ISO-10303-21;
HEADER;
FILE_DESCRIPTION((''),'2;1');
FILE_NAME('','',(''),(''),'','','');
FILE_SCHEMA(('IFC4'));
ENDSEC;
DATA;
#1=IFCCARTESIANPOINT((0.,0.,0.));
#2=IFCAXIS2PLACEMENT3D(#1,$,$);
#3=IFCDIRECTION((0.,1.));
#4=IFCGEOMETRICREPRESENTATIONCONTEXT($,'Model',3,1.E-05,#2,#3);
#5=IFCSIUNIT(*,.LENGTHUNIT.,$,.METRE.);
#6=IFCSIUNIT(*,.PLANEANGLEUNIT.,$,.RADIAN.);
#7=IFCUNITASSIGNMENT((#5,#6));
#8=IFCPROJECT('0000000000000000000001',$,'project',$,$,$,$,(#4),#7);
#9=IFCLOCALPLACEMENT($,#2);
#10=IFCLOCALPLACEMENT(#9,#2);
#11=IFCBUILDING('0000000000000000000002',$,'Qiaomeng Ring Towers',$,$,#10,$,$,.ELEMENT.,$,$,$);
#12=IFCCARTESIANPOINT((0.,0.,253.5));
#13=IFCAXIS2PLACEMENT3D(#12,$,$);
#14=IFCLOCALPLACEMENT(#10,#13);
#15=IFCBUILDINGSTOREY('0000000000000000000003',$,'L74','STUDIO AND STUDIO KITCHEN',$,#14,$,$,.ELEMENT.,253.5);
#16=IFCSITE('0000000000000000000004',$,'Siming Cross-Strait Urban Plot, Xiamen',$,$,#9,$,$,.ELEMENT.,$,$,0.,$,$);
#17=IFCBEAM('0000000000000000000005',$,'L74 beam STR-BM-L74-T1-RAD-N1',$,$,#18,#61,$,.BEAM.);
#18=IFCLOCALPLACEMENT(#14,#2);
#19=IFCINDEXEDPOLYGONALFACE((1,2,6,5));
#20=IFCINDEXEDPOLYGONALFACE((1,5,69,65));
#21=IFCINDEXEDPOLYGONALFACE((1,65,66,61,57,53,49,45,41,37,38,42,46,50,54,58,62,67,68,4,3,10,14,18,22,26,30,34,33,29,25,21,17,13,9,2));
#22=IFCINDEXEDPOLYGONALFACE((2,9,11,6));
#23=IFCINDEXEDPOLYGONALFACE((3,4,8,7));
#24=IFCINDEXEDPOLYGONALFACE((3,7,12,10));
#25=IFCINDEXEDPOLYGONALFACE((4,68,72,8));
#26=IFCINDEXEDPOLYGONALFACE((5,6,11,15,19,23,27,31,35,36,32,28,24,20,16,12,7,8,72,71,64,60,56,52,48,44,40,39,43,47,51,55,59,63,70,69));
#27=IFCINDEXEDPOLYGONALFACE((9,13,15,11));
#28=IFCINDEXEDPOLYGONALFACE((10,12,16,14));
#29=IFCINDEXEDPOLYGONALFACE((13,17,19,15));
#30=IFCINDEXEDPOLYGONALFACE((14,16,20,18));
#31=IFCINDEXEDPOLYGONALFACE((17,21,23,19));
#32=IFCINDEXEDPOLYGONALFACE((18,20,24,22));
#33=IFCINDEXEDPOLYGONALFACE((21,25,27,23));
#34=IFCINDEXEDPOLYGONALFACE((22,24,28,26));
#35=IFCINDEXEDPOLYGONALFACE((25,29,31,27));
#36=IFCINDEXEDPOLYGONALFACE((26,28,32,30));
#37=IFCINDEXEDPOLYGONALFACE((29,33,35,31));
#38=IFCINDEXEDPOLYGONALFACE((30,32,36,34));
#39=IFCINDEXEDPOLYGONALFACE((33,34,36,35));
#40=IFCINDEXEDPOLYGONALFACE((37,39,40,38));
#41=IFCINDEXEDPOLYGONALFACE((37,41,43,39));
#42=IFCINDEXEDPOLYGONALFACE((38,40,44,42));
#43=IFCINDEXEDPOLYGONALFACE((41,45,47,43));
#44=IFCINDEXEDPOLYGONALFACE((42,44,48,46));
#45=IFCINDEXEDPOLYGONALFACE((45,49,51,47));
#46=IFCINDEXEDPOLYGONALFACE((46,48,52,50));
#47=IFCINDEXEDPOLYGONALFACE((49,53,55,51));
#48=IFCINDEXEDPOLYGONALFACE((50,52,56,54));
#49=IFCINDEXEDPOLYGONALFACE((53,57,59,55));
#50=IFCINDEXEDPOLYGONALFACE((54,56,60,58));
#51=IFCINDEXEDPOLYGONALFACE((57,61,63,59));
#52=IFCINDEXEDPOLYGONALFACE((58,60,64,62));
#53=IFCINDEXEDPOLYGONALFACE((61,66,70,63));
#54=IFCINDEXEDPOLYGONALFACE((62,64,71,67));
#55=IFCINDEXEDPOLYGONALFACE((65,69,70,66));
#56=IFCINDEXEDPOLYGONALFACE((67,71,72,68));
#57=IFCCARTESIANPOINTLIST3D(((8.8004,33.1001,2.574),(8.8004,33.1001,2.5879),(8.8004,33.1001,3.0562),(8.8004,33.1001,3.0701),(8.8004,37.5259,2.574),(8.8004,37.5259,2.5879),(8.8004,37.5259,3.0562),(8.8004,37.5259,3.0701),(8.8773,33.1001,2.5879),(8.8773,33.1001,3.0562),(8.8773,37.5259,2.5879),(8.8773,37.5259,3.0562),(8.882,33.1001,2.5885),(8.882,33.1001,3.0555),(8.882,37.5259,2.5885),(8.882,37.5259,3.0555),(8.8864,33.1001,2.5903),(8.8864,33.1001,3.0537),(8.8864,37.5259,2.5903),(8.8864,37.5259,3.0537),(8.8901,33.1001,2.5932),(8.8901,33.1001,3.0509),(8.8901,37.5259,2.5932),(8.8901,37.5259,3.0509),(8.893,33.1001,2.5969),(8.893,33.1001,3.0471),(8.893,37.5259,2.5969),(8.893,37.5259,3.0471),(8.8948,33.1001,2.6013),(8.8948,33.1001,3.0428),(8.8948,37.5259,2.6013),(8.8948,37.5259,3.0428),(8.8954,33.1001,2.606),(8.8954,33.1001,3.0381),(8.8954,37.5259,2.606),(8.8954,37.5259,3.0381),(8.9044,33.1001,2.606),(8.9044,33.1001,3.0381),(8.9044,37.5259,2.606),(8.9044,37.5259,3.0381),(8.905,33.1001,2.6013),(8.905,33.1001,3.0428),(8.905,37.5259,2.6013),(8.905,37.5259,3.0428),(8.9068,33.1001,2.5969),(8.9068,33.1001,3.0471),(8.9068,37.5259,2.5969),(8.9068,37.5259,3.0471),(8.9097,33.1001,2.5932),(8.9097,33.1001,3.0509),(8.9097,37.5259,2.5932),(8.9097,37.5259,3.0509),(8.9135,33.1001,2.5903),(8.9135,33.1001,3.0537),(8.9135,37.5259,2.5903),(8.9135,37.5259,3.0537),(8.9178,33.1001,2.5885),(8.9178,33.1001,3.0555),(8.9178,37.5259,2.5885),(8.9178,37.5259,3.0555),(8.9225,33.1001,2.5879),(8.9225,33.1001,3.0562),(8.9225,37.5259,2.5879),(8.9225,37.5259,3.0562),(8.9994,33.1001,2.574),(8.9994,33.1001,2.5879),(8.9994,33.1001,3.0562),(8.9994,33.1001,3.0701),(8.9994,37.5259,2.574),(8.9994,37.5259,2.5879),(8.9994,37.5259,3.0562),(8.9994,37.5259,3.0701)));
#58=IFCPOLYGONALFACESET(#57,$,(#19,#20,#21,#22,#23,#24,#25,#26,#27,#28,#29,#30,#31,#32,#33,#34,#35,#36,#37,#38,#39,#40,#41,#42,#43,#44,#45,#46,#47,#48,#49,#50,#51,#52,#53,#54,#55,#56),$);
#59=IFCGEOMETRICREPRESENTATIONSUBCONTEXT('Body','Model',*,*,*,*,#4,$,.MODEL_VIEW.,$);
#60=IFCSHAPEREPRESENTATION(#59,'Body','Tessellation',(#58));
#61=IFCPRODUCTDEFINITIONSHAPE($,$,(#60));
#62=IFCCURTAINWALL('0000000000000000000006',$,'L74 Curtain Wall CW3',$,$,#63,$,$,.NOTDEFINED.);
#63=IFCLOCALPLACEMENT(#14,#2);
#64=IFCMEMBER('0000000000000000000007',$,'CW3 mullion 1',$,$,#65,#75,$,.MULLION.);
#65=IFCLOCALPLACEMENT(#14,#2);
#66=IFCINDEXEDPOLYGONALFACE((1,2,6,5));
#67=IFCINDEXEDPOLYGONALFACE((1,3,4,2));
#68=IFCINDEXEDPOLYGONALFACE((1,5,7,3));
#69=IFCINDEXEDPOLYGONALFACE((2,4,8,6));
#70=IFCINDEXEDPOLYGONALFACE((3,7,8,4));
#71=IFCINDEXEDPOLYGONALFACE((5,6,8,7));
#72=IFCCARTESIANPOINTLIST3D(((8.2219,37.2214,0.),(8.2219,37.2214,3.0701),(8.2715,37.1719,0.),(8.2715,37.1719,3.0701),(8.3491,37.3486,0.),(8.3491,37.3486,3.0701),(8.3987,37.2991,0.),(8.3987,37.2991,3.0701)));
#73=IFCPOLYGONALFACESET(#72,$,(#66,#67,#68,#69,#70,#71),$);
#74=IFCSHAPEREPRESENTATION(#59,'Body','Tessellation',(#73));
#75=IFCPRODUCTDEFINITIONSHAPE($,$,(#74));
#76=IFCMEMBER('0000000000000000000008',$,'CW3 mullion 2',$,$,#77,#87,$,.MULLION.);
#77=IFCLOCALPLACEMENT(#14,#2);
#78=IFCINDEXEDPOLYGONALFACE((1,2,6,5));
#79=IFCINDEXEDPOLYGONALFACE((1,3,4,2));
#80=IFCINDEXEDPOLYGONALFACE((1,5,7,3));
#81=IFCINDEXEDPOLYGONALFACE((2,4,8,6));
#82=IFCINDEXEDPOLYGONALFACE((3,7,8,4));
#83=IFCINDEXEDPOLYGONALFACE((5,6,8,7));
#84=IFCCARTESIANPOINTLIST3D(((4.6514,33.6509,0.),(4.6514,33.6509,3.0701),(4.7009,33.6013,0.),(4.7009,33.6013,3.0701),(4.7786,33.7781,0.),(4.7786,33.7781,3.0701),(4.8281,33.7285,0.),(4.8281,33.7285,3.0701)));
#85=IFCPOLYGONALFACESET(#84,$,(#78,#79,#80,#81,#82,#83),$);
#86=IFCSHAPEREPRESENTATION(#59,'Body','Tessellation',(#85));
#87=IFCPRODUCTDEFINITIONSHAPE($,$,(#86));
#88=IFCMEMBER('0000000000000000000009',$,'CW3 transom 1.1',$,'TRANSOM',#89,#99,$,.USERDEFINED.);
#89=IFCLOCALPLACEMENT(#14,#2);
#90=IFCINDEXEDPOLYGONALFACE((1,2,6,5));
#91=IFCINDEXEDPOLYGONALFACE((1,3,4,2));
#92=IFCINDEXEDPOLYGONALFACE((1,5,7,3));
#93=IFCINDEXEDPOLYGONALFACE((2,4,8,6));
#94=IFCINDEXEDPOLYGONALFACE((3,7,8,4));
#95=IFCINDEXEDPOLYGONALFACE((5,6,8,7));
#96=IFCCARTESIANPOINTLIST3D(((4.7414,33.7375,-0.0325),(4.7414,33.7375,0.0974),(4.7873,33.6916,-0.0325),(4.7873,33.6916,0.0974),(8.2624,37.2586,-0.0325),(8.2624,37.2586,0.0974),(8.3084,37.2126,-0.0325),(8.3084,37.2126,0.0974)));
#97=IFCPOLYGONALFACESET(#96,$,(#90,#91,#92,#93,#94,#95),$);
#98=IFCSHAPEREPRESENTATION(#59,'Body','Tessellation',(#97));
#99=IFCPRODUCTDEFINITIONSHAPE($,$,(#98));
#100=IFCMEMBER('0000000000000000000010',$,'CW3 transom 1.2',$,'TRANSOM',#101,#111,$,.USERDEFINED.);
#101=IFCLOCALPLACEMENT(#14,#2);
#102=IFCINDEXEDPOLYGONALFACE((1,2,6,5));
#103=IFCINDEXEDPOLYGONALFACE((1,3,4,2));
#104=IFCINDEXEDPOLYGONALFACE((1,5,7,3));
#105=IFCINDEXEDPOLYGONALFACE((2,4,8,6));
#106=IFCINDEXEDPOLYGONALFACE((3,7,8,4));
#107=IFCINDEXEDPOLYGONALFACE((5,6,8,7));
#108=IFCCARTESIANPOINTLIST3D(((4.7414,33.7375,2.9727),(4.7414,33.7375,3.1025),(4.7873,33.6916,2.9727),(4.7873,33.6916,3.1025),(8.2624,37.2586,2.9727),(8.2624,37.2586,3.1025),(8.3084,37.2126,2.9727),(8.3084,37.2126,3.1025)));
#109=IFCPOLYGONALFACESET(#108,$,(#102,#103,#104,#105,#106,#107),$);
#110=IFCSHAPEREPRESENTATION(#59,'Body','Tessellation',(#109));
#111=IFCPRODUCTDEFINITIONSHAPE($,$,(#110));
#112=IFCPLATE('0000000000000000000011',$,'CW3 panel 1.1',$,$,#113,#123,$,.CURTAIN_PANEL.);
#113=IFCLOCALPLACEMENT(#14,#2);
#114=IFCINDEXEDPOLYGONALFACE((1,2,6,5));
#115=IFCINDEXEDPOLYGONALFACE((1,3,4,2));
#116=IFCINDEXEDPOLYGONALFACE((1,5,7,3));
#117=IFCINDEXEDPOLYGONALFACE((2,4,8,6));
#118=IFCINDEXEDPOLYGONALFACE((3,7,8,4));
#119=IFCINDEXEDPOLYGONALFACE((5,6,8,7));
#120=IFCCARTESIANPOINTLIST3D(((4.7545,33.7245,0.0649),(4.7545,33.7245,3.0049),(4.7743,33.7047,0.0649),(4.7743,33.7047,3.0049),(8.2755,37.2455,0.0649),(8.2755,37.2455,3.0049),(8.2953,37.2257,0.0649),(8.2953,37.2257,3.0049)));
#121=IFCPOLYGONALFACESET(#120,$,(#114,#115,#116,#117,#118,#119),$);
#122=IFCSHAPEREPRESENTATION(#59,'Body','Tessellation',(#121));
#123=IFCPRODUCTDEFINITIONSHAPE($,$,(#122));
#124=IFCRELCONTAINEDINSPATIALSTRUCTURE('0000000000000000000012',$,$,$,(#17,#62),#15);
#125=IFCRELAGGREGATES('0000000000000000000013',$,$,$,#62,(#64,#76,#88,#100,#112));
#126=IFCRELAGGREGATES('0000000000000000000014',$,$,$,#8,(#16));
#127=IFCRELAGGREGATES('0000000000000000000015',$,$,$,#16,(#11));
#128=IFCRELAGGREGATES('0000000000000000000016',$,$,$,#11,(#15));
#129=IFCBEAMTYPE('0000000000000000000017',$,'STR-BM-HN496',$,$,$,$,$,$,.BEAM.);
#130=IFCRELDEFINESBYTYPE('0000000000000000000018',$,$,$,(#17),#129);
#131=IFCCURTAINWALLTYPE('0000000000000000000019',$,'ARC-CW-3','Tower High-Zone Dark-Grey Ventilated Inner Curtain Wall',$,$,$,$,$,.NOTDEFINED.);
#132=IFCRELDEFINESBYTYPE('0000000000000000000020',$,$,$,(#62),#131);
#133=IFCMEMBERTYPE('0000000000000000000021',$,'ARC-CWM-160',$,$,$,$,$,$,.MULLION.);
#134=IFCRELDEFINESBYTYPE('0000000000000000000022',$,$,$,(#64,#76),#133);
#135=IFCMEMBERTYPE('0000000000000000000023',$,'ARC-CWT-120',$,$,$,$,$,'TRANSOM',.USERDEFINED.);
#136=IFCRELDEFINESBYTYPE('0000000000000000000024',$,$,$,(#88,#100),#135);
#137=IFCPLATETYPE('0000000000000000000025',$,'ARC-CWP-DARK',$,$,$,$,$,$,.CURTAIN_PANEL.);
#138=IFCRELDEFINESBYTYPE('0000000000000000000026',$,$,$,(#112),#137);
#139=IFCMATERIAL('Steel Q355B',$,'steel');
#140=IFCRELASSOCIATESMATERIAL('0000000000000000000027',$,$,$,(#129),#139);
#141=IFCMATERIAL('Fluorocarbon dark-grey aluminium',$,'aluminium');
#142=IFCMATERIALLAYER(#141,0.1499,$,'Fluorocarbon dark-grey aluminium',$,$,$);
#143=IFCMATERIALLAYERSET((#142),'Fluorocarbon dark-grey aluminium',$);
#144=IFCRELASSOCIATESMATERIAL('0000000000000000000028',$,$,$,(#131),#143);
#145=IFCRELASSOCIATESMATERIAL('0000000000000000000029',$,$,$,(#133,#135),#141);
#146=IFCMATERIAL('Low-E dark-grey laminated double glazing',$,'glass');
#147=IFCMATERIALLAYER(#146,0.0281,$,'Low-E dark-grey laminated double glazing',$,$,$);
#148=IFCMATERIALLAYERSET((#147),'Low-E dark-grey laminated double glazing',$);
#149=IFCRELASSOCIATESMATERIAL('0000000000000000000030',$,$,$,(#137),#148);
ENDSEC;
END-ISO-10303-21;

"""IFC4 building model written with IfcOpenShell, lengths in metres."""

from ifc_helpers import new_model, si_unit, direction, frame, origin, origin_2d, place, context, subcontext, project, spatial, rectangle, i_section, extrude, source, transform, mapped, material, layer, layer_set, material_profile, profile_set, type_object, element, aggregate, save


model = new_model("IFC4")

# Units and contexts
model_context = context("Model", 3, precision=1e-05, world=origin(), true_north=direction((0.0, 1.0)))
body_context = subcontext(model_context, "Body", "Model", "MODEL_VIEW")
ifc_project = project(units=[si_unit("LENGTHUNIT", "METRE"), si_unit("PLANEANGLEUNIT", "RADIAN")], contexts=[model_context])

# Site, building, storey
site_placement = place(None, origin())
site = spatial("IfcSite", under=ifc_project, at=site_placement, Name="Siming Cross-Strait Urban Plot, Xiamen", CompositionType="ELEMENT", RefElevation=0.0)
building_placement = place(site_placement, origin())
building = spatial("IfcBuilding", under=site, at=building_placement, Name="Qiaomeng Ring Towers", CompositionType="ELEMENT")
storey_placement = place(building_placement, frame((0.0, 0.0, 253.5)))
storey = spatial("IfcBuildingStorey", under=building, at=storey_placement, Name="L74", Description="STUDIO AND STUDIO KITCHEN", CompositionType="ELEMENT", Elevation=253.5)

# Beam
ifc_material_1 = material(Name="Steel Q355B", Category="steel")
ifc_material_profile_1 = material_profile(ifc_material_1, i_section(OverallWidth=0.199, OverallDepth=0.4961, WebThickness=0.009, FlangeThickness=0.0139, FilletRadius=0.0181, at=origin_2d()), Name="HN 496x199x9x14")
ifc_profile_set_1 = profile_set([ifc_material_profile_1], Name="Steel Q355B")
beam_type_1 = type_object("IfcBeamType", Name="STR-BM-HN496", PredefinedType="BEAM", material=ifc_profile_set_1)
shared_shape_1 = source(origin(), body_context, "Body", "SweptSolid", [
    extrude(i_section(OverallWidth=0.199, OverallDepth=0.4961, WebThickness=0.009, FlangeThickness=0.0139, FilletRadius=0.0181, at=origin_2d()), origin(), (0.0, 0.0, 1.0), 4.4258),
])
beam_1_placement = place(storey_placement, frame((8.8999, 37.5259, 2.822), z_axis=(0.0, -1.0, 0.0), x_axis=(1.0, 0.0, 0.0)))
element("IfcBeam", 1, at=beam_1_placement, inside=storey, type_object=beam_type_1, Name="L74 beam STR-BM-L74-T1-RAD-N1", PredefinedType="BEAM", context=body_context, shape_type="MappedRepresentation", body=[
    mapped(shared_shape_1, transform((0.0, 0.0, 0.0), x_axis=(1.0, 0.0, 0.0), y_axis=(0.0, 1.0, 0.0), z_axis=(0.0, 0.0, 1.0), scale=1.0)),
])

# Curtain wall, members, plate
ifc_material_2 = material(Name="Fluorocarbon dark-grey aluminium", Category="aluminium")
ifc_layer_1 = layer(ifc_material_2, 0.1499, Name="Fluorocarbon dark-grey aluminium")
ifc_layer_set_1 = layer_set([ifc_layer_1], Name="Fluorocarbon dark-grey aluminium")
curtain_wall_type = type_object("IfcCurtainWallType", Name="ARC-CW-3", Description="Tower High-Zone Dark-Grey Ventilated Inner Curtain Wall", PredefinedType="NOTDEFINED", material=ifc_layer_set_1)
curtain_wall_placement = place(storey_placement, origin())
curtain_wall = element("IfcCurtainWall", 2, at=curtain_wall_placement, inside=storey, type_object=curtain_wall_type, Name="L74 Curtain Wall CW3", PredefinedType="NOTDEFINED")
ifc_material_profile_2 = material_profile(ifc_material_2, rectangle(XDim=0.0701, YDim=0.1799, at=origin_2d()), Name="ALU MULL 70x180")
ifc_profile_set_2 = profile_set([ifc_material_profile_2], Name="Fluorocarbon dark-grey aluminium")
member_type_1 = type_object("IfcMemberType", Name="ARC-CWM-160", PredefinedType="MULLION", material=ifc_profile_set_2)
shared_shape_2 = source(origin(), body_context, "Body", "SweptSolid", [
    extrude(rectangle(XDim=0.0701, YDim=0.1799, at=origin_2d()), origin(), (0.0, 0.0, 1.0), 3.0701),
])
member_1_placement = place(storey_placement, frame((8.3103, 37.2603, 0.0), z_axis=(0.0, 0.0, 1.0), x_axis=(0.707107, -0.707107, 0.0)))
member_1 = element("IfcMember", 3, at=member_1_placement, type_object=member_type_1, Name="CW3 mullion 1", PredefinedType="MULLION", context=body_context, shape_type="MappedRepresentation", body=[
    mapped(shared_shape_2, transform((0.0, 0.0, 0.0), x_axis=(1.0, 0.0, 0.0), y_axis=(0.0, 1.0, 0.0), z_axis=(0.0, 0.0, 1.0), scale=1.0)),
])
member_2_placement = place(storey_placement, frame((4.7397, 33.6897, 0.0), z_axis=(0.0, 0.0, 1.0), x_axis=(0.707107, -0.707107, 0.0)))
member_2 = element("IfcMember", 4, at=member_2_placement, type_object=member_type_1, Name="CW3 mullion 2", PredefinedType="MULLION", context=body_context, shape_type="MappedRepresentation", body=[
    mapped(shared_shape_2, transform((0.0, 0.0, 0.0), x_axis=(1.0, 0.0, 0.0), y_axis=(0.0, 1.0, 0.0), z_axis=(0.0, 0.0, 1.0), scale=1.0)),
])
ifc_material_profile_3 = material_profile(ifc_material_2, rectangle(XDim=0.0649, YDim=0.1299, at=origin_2d()), Name="ALU TRAN 65x130")
ifc_profile_set_3 = profile_set([ifc_material_profile_3], Name="Fluorocarbon dark-grey aluminium")
member_type_2 = type_object("IfcMemberType", Name="ARC-CWT-120", ElementType="TRANSOM", PredefinedType="USERDEFINED", material=ifc_profile_set_3)
shared_shape_3 = source(origin(), body_context, "Body", "SweptSolid", [
    extrude(rectangle(XDim=0.0649, YDim=0.1299, at=origin_2d()), origin(), (0.0, 0.0, 1.0), 4.9795),
])
member_3_placement = place(storey_placement, frame((8.2854, 37.2356, 0.0325), z_axis=(-0.707107, -0.707107, 0.0), x_axis=(0.707107, -0.707107, 0.0)))
member_3 = element("IfcMember", 5, at=member_3_placement, type_object=member_type_2, Name="CW3 transom 1.1", ObjectType="TRANSOM", PredefinedType="USERDEFINED", context=body_context, shape_type="MappedRepresentation", body=[
    mapped(shared_shape_3, transform((0.0, 0.0, 0.0), x_axis=(1.0, 0.0, 0.0), y_axis=(0.0, 1.0, 0.0), z_axis=(0.0, 0.0, 1.0), scale=1.0)),
])
member_4_placement = place(storey_placement, frame((8.2854, 37.2356, 3.0376), z_axis=(-0.707107, -0.707107, 0.0), x_axis=(0.707107, -0.707107, 0.0)))
member_4 = element("IfcMember", 6, at=member_4_placement, type_object=member_type_2, Name="CW3 transom 1.2", ObjectType="TRANSOM", PredefinedType="USERDEFINED", context=body_context, shape_type="MappedRepresentation", body=[
    mapped(shared_shape_3, transform((0.0, 0.0, 0.0), x_axis=(1.0, 0.0, 0.0), y_axis=(0.0, 1.0, 0.0), z_axis=(0.0, 0.0, 1.0), scale=1.0)),
])
ifc_material_3 = material(Name="Low-E dark-grey laminated double glazing", Category="glass")
ifc_layer_2 = layer(ifc_material_3, 0.0281, Name="Low-E dark-grey laminated double glazing")
ifc_layer_set_2 = layer_set([ifc_layer_2], Name="Low-E dark-grey laminated double glazing")
plate_type = type_object("IfcPlateType", Name="ARC-CWP-DARK", PredefinedType="CURTAIN_PANEL", material=ifc_layer_set_2)
shared_shape_4 = source(origin(), body_context, "Body", "SweptSolid", [
    extrude(rectangle(XDim=4.9795, YDim=0.0281, at=origin_2d()), origin(), (0.0, 0.0, 1.0), 2.9399),
])
plate_placement = place(storey_placement, frame((6.5249, 35.4751, 0.0649), z_axis=(0.0, 0.0, 1.0), x_axis=(-0.707107, -0.707107, 0.0)))
plate = element("IfcPlate", 7, at=plate_placement, type_object=plate_type, Name="CW3 panel 1.1", PredefinedType="CURTAIN_PANEL", context=body_context, shape_type="MappedRepresentation", body=[
    mapped(shared_shape_4, transform((0.0, 0.0, 0.0), x_axis=(1.0, 0.0, 0.0), y_axis=(0.0, 1.0, 0.0), z_axis=(0.0, 0.0, 1.0), scale=1.0)),
])
aggregate(curtain_wall, [member_1, member_2, member_3, member_4, plate])

save(model, "model.ifc")
